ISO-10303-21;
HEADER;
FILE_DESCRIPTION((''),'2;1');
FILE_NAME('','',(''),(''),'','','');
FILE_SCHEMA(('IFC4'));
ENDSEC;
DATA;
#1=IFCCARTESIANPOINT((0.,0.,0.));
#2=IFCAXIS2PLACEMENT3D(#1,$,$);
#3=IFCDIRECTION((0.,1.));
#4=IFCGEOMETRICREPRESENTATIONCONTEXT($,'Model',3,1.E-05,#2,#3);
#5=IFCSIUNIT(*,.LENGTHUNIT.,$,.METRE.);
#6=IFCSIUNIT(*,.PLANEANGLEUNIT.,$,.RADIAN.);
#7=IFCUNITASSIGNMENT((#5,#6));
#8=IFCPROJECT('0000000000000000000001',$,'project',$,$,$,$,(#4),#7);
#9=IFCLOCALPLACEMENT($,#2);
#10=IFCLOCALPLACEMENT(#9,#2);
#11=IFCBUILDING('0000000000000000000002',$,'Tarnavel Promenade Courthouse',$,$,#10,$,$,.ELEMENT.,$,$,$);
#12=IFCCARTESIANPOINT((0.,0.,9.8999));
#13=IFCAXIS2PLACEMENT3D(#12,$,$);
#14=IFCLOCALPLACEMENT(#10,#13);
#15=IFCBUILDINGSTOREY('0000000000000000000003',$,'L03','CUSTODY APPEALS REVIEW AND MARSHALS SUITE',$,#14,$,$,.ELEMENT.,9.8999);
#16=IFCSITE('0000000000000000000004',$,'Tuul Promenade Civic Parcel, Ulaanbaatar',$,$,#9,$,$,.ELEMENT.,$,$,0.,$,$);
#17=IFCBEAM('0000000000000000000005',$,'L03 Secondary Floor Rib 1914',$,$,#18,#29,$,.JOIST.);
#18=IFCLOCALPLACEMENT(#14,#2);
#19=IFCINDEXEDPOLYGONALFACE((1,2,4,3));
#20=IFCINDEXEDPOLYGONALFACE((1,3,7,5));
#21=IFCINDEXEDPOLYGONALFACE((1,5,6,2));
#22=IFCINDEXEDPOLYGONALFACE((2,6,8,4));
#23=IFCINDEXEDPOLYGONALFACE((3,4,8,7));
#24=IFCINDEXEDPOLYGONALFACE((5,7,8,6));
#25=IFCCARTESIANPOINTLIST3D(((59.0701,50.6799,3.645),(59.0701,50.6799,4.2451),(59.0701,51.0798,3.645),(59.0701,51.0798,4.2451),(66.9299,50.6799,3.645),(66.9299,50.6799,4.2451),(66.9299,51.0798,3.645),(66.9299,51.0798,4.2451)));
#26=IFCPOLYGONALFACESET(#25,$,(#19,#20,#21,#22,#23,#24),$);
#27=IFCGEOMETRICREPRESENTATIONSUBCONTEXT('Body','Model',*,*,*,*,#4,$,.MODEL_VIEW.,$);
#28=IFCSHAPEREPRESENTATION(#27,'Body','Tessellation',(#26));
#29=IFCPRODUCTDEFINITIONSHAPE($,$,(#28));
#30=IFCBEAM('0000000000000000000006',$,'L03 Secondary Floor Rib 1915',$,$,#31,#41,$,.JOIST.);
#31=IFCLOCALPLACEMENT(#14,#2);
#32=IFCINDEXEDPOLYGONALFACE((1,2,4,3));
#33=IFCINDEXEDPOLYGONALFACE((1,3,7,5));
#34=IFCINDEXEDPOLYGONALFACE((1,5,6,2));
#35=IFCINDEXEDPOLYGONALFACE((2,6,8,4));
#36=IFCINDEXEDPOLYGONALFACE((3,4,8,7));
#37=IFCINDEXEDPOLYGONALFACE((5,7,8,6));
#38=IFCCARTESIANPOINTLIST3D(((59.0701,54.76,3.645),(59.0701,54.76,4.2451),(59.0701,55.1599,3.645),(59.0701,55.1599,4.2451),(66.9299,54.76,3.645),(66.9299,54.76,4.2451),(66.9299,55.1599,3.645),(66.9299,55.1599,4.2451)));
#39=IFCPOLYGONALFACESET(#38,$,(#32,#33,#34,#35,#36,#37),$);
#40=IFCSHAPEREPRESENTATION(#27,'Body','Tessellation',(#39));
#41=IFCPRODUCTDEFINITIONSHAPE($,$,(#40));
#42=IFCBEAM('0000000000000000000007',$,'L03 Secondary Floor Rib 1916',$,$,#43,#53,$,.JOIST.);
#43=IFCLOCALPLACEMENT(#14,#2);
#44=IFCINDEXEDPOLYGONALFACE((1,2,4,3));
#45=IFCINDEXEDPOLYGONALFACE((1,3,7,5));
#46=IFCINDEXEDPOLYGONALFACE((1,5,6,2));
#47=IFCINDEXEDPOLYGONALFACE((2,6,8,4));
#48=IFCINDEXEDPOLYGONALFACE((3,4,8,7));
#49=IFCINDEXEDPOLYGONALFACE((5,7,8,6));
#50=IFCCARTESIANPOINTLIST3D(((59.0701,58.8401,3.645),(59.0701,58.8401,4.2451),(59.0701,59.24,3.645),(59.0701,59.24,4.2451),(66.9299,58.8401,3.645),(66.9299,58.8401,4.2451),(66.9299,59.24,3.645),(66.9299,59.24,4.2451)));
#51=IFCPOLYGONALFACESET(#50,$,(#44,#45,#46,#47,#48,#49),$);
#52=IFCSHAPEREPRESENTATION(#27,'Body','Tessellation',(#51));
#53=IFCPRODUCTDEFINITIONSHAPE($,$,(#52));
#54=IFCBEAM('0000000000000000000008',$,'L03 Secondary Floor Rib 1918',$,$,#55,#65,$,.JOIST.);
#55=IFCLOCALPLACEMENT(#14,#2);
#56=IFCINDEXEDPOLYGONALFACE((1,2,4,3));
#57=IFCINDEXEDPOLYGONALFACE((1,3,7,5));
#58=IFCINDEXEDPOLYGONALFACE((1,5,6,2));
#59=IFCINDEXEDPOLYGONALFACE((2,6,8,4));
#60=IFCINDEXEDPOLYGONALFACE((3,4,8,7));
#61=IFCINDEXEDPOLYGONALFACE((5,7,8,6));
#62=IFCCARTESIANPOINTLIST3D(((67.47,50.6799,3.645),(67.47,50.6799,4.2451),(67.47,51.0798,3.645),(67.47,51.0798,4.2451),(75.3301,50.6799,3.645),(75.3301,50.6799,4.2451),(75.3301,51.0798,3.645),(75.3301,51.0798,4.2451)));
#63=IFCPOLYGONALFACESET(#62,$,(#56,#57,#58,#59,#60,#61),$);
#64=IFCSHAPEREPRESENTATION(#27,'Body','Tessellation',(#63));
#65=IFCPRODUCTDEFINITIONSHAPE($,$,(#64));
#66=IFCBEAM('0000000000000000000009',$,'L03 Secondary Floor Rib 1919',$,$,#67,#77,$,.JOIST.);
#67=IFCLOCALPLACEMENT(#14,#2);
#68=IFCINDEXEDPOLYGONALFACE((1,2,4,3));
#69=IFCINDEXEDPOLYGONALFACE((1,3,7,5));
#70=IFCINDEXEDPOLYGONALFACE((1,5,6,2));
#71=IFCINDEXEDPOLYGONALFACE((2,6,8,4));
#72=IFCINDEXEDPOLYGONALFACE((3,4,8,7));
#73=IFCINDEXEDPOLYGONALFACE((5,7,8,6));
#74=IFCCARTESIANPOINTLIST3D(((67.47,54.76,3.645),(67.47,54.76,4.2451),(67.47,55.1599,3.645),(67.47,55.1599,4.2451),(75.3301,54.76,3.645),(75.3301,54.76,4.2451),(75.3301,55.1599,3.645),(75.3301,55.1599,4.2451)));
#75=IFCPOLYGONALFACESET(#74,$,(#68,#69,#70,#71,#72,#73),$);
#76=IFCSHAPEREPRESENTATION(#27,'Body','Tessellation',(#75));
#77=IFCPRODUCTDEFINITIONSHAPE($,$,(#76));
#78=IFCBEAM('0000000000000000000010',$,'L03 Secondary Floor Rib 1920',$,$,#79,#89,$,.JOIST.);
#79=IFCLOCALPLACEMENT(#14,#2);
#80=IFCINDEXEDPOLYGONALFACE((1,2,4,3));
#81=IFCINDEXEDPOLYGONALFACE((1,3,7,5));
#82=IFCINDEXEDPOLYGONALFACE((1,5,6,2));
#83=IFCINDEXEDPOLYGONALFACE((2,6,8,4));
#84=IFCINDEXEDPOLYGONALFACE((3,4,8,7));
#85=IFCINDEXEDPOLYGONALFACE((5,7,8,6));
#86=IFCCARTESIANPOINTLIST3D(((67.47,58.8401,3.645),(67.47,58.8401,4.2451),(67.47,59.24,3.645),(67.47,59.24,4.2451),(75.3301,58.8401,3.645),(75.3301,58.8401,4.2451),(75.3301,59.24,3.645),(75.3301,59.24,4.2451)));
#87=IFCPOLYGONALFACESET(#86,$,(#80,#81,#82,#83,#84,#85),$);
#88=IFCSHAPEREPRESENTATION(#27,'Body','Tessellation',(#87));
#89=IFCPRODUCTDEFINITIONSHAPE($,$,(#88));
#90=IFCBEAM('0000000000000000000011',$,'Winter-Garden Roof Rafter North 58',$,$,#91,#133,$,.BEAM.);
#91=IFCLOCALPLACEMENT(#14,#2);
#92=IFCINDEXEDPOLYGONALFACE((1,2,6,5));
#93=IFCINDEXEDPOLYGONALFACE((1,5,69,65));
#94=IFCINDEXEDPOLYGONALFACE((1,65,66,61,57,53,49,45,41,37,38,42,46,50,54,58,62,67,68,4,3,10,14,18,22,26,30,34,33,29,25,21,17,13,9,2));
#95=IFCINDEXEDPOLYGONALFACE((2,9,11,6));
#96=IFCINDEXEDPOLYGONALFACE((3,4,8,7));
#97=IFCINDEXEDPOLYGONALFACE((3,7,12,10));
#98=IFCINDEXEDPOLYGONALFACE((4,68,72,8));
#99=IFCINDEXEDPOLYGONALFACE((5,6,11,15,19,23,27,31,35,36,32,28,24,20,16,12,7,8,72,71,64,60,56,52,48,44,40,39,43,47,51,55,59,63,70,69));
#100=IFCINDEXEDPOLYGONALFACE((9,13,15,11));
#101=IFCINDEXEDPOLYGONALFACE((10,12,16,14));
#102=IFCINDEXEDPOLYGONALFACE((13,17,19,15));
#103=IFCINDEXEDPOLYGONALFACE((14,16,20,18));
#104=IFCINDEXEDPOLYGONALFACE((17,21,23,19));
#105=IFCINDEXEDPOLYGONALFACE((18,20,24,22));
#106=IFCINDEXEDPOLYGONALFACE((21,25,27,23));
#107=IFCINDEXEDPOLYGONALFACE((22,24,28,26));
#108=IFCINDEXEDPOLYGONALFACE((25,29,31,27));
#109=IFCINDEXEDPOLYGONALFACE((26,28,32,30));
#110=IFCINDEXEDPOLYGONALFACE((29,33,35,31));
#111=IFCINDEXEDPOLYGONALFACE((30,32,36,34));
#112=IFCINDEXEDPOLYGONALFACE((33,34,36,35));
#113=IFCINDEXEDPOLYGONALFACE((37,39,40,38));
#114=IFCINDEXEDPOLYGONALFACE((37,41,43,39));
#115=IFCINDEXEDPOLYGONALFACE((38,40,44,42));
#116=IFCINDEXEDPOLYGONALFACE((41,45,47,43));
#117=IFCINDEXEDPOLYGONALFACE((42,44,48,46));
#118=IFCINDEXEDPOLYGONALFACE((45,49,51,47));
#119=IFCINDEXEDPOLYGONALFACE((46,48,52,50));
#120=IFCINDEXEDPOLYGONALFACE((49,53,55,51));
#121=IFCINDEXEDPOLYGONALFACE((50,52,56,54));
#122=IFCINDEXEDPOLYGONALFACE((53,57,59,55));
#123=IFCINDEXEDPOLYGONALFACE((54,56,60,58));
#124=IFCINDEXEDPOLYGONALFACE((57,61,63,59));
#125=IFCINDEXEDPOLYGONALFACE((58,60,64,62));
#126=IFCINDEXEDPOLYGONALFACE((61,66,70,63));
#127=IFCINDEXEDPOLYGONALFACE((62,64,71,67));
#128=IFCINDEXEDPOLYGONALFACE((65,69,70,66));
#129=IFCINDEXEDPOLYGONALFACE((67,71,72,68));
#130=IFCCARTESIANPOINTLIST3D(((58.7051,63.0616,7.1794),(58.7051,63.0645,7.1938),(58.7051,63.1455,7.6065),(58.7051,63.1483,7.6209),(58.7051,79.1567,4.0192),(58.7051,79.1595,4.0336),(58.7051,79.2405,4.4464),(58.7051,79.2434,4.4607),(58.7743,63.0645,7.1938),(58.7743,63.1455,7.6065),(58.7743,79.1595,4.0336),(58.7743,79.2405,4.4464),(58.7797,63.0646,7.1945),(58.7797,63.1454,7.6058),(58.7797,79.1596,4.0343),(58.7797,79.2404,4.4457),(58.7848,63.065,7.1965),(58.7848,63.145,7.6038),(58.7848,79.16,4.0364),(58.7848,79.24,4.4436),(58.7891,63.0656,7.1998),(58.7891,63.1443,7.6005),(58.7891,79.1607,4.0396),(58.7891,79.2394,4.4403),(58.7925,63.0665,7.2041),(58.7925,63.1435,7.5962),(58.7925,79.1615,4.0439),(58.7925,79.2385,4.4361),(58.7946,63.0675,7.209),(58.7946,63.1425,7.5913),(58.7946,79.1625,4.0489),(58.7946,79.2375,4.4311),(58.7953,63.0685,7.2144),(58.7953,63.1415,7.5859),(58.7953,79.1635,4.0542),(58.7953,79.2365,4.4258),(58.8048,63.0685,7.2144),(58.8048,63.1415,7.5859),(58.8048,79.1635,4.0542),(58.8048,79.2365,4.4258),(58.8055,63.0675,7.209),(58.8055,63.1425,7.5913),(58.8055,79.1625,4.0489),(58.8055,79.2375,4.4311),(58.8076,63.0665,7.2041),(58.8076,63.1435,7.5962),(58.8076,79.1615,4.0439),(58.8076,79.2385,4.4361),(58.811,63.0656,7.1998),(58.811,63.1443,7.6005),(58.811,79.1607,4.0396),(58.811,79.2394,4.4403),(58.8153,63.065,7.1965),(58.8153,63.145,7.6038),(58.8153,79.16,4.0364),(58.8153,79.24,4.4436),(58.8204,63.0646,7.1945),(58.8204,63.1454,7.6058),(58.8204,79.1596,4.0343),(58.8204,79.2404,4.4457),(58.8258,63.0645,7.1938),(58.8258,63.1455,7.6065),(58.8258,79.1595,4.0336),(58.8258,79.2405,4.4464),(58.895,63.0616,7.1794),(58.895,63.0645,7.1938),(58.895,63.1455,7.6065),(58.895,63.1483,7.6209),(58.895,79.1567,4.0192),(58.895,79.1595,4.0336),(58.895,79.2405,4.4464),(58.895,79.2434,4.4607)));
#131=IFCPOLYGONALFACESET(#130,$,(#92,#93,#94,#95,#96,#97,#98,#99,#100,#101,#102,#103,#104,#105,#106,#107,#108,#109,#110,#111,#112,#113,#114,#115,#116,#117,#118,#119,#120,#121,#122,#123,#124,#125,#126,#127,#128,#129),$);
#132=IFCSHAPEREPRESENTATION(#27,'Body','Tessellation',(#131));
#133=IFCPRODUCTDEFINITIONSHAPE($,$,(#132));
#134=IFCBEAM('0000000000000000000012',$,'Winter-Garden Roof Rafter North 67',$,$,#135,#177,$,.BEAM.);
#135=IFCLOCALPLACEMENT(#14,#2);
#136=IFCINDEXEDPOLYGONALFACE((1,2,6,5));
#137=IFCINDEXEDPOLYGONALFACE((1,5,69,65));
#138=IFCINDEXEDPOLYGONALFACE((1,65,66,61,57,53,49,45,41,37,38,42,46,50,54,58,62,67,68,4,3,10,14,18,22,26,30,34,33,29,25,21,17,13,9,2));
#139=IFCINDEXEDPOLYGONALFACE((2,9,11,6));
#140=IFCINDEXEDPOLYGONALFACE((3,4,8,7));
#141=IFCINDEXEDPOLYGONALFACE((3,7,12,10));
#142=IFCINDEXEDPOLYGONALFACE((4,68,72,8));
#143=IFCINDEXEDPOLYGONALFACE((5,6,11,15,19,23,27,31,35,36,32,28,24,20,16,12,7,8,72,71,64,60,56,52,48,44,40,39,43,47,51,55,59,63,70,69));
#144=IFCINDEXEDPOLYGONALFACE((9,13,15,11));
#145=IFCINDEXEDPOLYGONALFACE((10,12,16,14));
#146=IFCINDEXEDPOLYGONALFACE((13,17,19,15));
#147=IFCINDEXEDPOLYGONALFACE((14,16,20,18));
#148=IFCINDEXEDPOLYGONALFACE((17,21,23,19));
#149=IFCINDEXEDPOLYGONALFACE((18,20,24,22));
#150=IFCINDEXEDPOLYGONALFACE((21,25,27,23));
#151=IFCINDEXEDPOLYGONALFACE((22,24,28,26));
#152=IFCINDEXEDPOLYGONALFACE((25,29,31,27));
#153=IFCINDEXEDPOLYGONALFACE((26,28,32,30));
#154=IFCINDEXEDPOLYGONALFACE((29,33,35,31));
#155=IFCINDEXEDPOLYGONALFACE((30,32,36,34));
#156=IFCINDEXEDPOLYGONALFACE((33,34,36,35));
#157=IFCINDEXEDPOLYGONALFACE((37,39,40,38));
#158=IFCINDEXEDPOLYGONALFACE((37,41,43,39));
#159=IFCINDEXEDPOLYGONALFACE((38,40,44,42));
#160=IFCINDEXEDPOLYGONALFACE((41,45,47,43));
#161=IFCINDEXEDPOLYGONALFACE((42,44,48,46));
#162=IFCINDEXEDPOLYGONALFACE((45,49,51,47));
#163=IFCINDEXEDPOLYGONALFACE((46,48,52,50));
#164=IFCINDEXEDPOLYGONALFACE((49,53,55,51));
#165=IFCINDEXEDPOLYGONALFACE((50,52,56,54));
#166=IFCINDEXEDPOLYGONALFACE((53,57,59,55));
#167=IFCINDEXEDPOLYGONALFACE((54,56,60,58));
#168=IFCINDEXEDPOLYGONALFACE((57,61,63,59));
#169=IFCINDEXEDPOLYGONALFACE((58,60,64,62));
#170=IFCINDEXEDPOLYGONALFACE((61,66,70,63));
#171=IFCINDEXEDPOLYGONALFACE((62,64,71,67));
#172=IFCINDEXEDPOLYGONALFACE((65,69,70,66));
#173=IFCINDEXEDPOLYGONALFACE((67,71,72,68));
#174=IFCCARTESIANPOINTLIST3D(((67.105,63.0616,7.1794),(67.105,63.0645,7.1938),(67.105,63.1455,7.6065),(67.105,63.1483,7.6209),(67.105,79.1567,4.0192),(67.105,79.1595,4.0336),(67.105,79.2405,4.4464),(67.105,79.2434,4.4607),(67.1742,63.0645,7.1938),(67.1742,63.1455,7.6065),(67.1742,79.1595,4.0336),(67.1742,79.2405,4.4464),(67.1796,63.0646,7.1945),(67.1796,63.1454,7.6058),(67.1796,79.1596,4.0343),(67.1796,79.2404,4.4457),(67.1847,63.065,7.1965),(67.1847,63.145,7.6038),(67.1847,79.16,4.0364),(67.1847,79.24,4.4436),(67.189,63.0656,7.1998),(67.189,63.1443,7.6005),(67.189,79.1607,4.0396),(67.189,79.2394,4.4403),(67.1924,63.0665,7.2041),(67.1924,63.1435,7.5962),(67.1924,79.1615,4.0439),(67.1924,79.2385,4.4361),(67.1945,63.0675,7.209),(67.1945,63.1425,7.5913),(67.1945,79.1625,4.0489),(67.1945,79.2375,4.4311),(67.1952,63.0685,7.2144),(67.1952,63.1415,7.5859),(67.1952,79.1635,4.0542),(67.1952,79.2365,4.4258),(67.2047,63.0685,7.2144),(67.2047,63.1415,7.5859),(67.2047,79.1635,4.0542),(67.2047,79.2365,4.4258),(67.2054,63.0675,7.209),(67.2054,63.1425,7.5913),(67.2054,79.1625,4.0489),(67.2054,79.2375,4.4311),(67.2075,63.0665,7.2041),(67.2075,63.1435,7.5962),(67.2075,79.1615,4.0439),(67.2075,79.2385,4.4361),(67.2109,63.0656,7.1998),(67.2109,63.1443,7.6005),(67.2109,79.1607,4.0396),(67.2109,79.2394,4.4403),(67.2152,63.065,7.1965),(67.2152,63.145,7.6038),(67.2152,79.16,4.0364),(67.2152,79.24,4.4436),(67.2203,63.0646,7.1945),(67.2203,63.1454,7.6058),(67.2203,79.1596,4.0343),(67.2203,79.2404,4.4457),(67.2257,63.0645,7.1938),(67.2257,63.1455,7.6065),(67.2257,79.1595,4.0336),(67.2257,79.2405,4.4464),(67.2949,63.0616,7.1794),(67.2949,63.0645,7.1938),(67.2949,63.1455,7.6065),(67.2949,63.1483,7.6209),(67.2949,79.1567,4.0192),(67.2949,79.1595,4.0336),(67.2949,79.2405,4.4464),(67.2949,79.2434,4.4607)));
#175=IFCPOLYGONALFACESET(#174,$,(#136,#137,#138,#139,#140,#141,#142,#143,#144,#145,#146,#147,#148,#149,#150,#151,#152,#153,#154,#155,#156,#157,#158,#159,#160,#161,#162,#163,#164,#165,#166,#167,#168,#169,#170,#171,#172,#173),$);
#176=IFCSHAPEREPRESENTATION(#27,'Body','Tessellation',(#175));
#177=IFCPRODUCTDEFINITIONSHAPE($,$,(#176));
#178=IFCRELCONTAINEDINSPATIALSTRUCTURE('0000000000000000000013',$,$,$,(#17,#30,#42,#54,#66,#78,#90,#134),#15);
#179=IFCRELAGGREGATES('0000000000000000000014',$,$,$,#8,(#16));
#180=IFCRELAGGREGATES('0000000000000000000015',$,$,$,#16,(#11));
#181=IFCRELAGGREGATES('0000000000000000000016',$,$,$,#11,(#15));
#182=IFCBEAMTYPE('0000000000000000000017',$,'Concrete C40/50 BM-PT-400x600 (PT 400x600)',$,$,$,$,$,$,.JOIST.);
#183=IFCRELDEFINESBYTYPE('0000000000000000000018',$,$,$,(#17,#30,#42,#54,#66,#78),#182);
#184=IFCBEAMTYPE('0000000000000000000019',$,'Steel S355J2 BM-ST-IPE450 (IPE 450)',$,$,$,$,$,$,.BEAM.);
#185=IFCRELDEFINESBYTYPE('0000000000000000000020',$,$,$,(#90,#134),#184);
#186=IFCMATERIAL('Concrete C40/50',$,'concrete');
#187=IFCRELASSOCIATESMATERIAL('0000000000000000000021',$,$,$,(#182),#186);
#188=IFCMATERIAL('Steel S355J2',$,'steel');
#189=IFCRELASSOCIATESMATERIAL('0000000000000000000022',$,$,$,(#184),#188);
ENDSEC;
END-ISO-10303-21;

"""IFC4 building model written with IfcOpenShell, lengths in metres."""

from ifc_helpers import new_model, si_unit, direction, frame, origin, origin_2d, place, context, subcontext, project, spatial, rectangle, i_section, extrude, material, material_profile, profile_set, type_object, element, save


model = new_model("IFC4")

# Units and contexts
model_context = context("Model", 3, precision=1e-05, world=origin(), true_north=direction((0.0, 1.0)))
body_context = subcontext(model_context, "Body", "Model", "MODEL_VIEW")
ifc_project = project(units=[si_unit("LENGTHUNIT", "METRE"), si_unit("PLANEANGLEUNIT", "RADIAN")], contexts=[model_context])

# Site, building, storey
site_placement = place(None, origin())
site = spatial("IfcSite", under=ifc_project, at=site_placement, Name="Tuul Promenade Civic Parcel, Ulaanbaatar", CompositionType="ELEMENT", RefElevation=0.0)
building_placement = place(site_placement, origin())
building = spatial("IfcBuilding", under=site, at=building_placement, Name="Tarnavel Promenade Courthouse", CompositionType="ELEMENT")
storey_placement = place(building_placement, frame((0.0, 0.0, 9.8999)))
storey = spatial("IfcBuildingStorey", under=building, at=storey_placement, Name="L03", Description="CUSTODY APPEALS REVIEW AND MARSHALS SUITE", CompositionType="ELEMENT", Elevation=9.8999)

# Beams
ifc_material_1 = material(Name="Concrete C40/50", Category="concrete")
ifc_material_profile_1 = material_profile(ifc_material_1, rectangle(XDim=0.3999, YDim=0.6001, at=origin_2d()), Name="PT 400x600")
ifc_profile_set_1 = profile_set([ifc_material_profile_1], Name="Concrete C40/50")
beam_type_1 = type_object("IfcBeamType", Name="Concrete C40/50 BM-PT-400x600 (PT 400x600)", PredefinedType="JOIST", material=ifc_profile_set_1)
for number, where, z_axis, x_axis, name in (
    (1, (59.0701, 50.8799, 3.9451), (1.0, 0.0, 0.0), (0.0, 1.0, 0.0), "L03 Secondary Floor Rib 1914"),
    (2, (59.0701, 54.96, 3.9451), (1.0, 0.0, 0.0), (0.0, 1.0, 0.0), "L03 Secondary Floor Rib 1915"),
    (3, (59.0701, 59.04, 3.9451), (1.0, 0.0, 0.0), (0.0, 1.0, 0.0), "L03 Secondary Floor Rib 1916"),
):
    element("IfcBeam", number, at=place(storey_placement, frame(where, z_axis=z_axis, x_axis=x_axis)), inside=storey, type_object=beam_type_1, Name=name, PredefinedType="JOIST", context=body_context, shape_type="SweptSolid", body=[
        extrude(rectangle(XDim=0.3999, YDim=0.6001, at=origin_2d()), origin(), (0.0, 0.0, 1.0), 7.8599),
    ])
for number, where, z_axis, x_axis, name in (
    (4, (67.47, 50.8799, 3.9451), (1.0, 0.0, 0.0), (0.0, 1.0, 0.0), "L03 Secondary Floor Rib 1918"),
    (5, (67.47, 54.96, 3.9451), (1.0, 0.0, 0.0), (0.0, 1.0, 0.0), "L03 Secondary Floor Rib 1919"),
    (6, (67.47, 59.04, 3.9451), (1.0, 0.0, 0.0), (0.0, 1.0, 0.0), "L03 Secondary Floor Rib 1920"),
):
    element("IfcBeam", number, at=place(storey_placement, frame(where, z_axis=z_axis, x_axis=x_axis)), inside=storey, type_object=beam_type_1, Name=name, PredefinedType="JOIST", context=body_context, shape_type="SweptSolid", body=[
        extrude(rectangle(XDim=0.3999, YDim=0.6001, at=origin_2d()), origin(), (0.0, 0.0, 1.0), 7.8601),
    ])
ifc_material_2 = material(Name="Steel S355J2", Category="steel")
ifc_material_profile_2 = material_profile(ifc_material_2, i_section(OverallWidth=0.1899, OverallDepth=0.45, WebThickness=0.0095, FlangeThickness=0.0146, FilletRadius=0.021, at=origin_2d()), Name="IPE 450")
ifc_profile_set_2 = profile_set([ifc_material_profile_2], Name="Steel S355J2")
beam_type_2 = type_object("IfcBeamType", Name="Steel S355J2 BM-ST-IPE450 (IPE 450)", PredefinedType="BEAM", material=ifc_profile_set_2)
for number, where, z_axis, x_axis, name in (
    (7, (58.8, 63.105, 7.4001), (0.0, 0.981264, -0.192666), (-1.0, 0.0, 0.0), "Winter-Garden Roof Rafter North 58"),
    (8, (67.2, 63.105, 7.4001), (0.0, 0.981264, -0.192666), (-1.0, 0.0, 0.0), "Winter-Garden Roof Rafter North 67"),
):
    element("IfcBeam", number, at=place(storey_placement, frame(where, z_axis=z_axis, x_axis=x_axis)), inside=storey, type_object=beam_type_2, Name=name, PredefinedType="BEAM", context=body_context, shape_type="SweptSolid", body=[
        extrude(i_section(OverallWidth=0.1899, OverallDepth=0.45, WebThickness=0.0095, FlangeThickness=0.0146, FilletRadius=0.021, at=origin_2d()), origin(), (0.0, 0.0, 1.0), 16.4023),
    ])

save(model, "model.ifc")
